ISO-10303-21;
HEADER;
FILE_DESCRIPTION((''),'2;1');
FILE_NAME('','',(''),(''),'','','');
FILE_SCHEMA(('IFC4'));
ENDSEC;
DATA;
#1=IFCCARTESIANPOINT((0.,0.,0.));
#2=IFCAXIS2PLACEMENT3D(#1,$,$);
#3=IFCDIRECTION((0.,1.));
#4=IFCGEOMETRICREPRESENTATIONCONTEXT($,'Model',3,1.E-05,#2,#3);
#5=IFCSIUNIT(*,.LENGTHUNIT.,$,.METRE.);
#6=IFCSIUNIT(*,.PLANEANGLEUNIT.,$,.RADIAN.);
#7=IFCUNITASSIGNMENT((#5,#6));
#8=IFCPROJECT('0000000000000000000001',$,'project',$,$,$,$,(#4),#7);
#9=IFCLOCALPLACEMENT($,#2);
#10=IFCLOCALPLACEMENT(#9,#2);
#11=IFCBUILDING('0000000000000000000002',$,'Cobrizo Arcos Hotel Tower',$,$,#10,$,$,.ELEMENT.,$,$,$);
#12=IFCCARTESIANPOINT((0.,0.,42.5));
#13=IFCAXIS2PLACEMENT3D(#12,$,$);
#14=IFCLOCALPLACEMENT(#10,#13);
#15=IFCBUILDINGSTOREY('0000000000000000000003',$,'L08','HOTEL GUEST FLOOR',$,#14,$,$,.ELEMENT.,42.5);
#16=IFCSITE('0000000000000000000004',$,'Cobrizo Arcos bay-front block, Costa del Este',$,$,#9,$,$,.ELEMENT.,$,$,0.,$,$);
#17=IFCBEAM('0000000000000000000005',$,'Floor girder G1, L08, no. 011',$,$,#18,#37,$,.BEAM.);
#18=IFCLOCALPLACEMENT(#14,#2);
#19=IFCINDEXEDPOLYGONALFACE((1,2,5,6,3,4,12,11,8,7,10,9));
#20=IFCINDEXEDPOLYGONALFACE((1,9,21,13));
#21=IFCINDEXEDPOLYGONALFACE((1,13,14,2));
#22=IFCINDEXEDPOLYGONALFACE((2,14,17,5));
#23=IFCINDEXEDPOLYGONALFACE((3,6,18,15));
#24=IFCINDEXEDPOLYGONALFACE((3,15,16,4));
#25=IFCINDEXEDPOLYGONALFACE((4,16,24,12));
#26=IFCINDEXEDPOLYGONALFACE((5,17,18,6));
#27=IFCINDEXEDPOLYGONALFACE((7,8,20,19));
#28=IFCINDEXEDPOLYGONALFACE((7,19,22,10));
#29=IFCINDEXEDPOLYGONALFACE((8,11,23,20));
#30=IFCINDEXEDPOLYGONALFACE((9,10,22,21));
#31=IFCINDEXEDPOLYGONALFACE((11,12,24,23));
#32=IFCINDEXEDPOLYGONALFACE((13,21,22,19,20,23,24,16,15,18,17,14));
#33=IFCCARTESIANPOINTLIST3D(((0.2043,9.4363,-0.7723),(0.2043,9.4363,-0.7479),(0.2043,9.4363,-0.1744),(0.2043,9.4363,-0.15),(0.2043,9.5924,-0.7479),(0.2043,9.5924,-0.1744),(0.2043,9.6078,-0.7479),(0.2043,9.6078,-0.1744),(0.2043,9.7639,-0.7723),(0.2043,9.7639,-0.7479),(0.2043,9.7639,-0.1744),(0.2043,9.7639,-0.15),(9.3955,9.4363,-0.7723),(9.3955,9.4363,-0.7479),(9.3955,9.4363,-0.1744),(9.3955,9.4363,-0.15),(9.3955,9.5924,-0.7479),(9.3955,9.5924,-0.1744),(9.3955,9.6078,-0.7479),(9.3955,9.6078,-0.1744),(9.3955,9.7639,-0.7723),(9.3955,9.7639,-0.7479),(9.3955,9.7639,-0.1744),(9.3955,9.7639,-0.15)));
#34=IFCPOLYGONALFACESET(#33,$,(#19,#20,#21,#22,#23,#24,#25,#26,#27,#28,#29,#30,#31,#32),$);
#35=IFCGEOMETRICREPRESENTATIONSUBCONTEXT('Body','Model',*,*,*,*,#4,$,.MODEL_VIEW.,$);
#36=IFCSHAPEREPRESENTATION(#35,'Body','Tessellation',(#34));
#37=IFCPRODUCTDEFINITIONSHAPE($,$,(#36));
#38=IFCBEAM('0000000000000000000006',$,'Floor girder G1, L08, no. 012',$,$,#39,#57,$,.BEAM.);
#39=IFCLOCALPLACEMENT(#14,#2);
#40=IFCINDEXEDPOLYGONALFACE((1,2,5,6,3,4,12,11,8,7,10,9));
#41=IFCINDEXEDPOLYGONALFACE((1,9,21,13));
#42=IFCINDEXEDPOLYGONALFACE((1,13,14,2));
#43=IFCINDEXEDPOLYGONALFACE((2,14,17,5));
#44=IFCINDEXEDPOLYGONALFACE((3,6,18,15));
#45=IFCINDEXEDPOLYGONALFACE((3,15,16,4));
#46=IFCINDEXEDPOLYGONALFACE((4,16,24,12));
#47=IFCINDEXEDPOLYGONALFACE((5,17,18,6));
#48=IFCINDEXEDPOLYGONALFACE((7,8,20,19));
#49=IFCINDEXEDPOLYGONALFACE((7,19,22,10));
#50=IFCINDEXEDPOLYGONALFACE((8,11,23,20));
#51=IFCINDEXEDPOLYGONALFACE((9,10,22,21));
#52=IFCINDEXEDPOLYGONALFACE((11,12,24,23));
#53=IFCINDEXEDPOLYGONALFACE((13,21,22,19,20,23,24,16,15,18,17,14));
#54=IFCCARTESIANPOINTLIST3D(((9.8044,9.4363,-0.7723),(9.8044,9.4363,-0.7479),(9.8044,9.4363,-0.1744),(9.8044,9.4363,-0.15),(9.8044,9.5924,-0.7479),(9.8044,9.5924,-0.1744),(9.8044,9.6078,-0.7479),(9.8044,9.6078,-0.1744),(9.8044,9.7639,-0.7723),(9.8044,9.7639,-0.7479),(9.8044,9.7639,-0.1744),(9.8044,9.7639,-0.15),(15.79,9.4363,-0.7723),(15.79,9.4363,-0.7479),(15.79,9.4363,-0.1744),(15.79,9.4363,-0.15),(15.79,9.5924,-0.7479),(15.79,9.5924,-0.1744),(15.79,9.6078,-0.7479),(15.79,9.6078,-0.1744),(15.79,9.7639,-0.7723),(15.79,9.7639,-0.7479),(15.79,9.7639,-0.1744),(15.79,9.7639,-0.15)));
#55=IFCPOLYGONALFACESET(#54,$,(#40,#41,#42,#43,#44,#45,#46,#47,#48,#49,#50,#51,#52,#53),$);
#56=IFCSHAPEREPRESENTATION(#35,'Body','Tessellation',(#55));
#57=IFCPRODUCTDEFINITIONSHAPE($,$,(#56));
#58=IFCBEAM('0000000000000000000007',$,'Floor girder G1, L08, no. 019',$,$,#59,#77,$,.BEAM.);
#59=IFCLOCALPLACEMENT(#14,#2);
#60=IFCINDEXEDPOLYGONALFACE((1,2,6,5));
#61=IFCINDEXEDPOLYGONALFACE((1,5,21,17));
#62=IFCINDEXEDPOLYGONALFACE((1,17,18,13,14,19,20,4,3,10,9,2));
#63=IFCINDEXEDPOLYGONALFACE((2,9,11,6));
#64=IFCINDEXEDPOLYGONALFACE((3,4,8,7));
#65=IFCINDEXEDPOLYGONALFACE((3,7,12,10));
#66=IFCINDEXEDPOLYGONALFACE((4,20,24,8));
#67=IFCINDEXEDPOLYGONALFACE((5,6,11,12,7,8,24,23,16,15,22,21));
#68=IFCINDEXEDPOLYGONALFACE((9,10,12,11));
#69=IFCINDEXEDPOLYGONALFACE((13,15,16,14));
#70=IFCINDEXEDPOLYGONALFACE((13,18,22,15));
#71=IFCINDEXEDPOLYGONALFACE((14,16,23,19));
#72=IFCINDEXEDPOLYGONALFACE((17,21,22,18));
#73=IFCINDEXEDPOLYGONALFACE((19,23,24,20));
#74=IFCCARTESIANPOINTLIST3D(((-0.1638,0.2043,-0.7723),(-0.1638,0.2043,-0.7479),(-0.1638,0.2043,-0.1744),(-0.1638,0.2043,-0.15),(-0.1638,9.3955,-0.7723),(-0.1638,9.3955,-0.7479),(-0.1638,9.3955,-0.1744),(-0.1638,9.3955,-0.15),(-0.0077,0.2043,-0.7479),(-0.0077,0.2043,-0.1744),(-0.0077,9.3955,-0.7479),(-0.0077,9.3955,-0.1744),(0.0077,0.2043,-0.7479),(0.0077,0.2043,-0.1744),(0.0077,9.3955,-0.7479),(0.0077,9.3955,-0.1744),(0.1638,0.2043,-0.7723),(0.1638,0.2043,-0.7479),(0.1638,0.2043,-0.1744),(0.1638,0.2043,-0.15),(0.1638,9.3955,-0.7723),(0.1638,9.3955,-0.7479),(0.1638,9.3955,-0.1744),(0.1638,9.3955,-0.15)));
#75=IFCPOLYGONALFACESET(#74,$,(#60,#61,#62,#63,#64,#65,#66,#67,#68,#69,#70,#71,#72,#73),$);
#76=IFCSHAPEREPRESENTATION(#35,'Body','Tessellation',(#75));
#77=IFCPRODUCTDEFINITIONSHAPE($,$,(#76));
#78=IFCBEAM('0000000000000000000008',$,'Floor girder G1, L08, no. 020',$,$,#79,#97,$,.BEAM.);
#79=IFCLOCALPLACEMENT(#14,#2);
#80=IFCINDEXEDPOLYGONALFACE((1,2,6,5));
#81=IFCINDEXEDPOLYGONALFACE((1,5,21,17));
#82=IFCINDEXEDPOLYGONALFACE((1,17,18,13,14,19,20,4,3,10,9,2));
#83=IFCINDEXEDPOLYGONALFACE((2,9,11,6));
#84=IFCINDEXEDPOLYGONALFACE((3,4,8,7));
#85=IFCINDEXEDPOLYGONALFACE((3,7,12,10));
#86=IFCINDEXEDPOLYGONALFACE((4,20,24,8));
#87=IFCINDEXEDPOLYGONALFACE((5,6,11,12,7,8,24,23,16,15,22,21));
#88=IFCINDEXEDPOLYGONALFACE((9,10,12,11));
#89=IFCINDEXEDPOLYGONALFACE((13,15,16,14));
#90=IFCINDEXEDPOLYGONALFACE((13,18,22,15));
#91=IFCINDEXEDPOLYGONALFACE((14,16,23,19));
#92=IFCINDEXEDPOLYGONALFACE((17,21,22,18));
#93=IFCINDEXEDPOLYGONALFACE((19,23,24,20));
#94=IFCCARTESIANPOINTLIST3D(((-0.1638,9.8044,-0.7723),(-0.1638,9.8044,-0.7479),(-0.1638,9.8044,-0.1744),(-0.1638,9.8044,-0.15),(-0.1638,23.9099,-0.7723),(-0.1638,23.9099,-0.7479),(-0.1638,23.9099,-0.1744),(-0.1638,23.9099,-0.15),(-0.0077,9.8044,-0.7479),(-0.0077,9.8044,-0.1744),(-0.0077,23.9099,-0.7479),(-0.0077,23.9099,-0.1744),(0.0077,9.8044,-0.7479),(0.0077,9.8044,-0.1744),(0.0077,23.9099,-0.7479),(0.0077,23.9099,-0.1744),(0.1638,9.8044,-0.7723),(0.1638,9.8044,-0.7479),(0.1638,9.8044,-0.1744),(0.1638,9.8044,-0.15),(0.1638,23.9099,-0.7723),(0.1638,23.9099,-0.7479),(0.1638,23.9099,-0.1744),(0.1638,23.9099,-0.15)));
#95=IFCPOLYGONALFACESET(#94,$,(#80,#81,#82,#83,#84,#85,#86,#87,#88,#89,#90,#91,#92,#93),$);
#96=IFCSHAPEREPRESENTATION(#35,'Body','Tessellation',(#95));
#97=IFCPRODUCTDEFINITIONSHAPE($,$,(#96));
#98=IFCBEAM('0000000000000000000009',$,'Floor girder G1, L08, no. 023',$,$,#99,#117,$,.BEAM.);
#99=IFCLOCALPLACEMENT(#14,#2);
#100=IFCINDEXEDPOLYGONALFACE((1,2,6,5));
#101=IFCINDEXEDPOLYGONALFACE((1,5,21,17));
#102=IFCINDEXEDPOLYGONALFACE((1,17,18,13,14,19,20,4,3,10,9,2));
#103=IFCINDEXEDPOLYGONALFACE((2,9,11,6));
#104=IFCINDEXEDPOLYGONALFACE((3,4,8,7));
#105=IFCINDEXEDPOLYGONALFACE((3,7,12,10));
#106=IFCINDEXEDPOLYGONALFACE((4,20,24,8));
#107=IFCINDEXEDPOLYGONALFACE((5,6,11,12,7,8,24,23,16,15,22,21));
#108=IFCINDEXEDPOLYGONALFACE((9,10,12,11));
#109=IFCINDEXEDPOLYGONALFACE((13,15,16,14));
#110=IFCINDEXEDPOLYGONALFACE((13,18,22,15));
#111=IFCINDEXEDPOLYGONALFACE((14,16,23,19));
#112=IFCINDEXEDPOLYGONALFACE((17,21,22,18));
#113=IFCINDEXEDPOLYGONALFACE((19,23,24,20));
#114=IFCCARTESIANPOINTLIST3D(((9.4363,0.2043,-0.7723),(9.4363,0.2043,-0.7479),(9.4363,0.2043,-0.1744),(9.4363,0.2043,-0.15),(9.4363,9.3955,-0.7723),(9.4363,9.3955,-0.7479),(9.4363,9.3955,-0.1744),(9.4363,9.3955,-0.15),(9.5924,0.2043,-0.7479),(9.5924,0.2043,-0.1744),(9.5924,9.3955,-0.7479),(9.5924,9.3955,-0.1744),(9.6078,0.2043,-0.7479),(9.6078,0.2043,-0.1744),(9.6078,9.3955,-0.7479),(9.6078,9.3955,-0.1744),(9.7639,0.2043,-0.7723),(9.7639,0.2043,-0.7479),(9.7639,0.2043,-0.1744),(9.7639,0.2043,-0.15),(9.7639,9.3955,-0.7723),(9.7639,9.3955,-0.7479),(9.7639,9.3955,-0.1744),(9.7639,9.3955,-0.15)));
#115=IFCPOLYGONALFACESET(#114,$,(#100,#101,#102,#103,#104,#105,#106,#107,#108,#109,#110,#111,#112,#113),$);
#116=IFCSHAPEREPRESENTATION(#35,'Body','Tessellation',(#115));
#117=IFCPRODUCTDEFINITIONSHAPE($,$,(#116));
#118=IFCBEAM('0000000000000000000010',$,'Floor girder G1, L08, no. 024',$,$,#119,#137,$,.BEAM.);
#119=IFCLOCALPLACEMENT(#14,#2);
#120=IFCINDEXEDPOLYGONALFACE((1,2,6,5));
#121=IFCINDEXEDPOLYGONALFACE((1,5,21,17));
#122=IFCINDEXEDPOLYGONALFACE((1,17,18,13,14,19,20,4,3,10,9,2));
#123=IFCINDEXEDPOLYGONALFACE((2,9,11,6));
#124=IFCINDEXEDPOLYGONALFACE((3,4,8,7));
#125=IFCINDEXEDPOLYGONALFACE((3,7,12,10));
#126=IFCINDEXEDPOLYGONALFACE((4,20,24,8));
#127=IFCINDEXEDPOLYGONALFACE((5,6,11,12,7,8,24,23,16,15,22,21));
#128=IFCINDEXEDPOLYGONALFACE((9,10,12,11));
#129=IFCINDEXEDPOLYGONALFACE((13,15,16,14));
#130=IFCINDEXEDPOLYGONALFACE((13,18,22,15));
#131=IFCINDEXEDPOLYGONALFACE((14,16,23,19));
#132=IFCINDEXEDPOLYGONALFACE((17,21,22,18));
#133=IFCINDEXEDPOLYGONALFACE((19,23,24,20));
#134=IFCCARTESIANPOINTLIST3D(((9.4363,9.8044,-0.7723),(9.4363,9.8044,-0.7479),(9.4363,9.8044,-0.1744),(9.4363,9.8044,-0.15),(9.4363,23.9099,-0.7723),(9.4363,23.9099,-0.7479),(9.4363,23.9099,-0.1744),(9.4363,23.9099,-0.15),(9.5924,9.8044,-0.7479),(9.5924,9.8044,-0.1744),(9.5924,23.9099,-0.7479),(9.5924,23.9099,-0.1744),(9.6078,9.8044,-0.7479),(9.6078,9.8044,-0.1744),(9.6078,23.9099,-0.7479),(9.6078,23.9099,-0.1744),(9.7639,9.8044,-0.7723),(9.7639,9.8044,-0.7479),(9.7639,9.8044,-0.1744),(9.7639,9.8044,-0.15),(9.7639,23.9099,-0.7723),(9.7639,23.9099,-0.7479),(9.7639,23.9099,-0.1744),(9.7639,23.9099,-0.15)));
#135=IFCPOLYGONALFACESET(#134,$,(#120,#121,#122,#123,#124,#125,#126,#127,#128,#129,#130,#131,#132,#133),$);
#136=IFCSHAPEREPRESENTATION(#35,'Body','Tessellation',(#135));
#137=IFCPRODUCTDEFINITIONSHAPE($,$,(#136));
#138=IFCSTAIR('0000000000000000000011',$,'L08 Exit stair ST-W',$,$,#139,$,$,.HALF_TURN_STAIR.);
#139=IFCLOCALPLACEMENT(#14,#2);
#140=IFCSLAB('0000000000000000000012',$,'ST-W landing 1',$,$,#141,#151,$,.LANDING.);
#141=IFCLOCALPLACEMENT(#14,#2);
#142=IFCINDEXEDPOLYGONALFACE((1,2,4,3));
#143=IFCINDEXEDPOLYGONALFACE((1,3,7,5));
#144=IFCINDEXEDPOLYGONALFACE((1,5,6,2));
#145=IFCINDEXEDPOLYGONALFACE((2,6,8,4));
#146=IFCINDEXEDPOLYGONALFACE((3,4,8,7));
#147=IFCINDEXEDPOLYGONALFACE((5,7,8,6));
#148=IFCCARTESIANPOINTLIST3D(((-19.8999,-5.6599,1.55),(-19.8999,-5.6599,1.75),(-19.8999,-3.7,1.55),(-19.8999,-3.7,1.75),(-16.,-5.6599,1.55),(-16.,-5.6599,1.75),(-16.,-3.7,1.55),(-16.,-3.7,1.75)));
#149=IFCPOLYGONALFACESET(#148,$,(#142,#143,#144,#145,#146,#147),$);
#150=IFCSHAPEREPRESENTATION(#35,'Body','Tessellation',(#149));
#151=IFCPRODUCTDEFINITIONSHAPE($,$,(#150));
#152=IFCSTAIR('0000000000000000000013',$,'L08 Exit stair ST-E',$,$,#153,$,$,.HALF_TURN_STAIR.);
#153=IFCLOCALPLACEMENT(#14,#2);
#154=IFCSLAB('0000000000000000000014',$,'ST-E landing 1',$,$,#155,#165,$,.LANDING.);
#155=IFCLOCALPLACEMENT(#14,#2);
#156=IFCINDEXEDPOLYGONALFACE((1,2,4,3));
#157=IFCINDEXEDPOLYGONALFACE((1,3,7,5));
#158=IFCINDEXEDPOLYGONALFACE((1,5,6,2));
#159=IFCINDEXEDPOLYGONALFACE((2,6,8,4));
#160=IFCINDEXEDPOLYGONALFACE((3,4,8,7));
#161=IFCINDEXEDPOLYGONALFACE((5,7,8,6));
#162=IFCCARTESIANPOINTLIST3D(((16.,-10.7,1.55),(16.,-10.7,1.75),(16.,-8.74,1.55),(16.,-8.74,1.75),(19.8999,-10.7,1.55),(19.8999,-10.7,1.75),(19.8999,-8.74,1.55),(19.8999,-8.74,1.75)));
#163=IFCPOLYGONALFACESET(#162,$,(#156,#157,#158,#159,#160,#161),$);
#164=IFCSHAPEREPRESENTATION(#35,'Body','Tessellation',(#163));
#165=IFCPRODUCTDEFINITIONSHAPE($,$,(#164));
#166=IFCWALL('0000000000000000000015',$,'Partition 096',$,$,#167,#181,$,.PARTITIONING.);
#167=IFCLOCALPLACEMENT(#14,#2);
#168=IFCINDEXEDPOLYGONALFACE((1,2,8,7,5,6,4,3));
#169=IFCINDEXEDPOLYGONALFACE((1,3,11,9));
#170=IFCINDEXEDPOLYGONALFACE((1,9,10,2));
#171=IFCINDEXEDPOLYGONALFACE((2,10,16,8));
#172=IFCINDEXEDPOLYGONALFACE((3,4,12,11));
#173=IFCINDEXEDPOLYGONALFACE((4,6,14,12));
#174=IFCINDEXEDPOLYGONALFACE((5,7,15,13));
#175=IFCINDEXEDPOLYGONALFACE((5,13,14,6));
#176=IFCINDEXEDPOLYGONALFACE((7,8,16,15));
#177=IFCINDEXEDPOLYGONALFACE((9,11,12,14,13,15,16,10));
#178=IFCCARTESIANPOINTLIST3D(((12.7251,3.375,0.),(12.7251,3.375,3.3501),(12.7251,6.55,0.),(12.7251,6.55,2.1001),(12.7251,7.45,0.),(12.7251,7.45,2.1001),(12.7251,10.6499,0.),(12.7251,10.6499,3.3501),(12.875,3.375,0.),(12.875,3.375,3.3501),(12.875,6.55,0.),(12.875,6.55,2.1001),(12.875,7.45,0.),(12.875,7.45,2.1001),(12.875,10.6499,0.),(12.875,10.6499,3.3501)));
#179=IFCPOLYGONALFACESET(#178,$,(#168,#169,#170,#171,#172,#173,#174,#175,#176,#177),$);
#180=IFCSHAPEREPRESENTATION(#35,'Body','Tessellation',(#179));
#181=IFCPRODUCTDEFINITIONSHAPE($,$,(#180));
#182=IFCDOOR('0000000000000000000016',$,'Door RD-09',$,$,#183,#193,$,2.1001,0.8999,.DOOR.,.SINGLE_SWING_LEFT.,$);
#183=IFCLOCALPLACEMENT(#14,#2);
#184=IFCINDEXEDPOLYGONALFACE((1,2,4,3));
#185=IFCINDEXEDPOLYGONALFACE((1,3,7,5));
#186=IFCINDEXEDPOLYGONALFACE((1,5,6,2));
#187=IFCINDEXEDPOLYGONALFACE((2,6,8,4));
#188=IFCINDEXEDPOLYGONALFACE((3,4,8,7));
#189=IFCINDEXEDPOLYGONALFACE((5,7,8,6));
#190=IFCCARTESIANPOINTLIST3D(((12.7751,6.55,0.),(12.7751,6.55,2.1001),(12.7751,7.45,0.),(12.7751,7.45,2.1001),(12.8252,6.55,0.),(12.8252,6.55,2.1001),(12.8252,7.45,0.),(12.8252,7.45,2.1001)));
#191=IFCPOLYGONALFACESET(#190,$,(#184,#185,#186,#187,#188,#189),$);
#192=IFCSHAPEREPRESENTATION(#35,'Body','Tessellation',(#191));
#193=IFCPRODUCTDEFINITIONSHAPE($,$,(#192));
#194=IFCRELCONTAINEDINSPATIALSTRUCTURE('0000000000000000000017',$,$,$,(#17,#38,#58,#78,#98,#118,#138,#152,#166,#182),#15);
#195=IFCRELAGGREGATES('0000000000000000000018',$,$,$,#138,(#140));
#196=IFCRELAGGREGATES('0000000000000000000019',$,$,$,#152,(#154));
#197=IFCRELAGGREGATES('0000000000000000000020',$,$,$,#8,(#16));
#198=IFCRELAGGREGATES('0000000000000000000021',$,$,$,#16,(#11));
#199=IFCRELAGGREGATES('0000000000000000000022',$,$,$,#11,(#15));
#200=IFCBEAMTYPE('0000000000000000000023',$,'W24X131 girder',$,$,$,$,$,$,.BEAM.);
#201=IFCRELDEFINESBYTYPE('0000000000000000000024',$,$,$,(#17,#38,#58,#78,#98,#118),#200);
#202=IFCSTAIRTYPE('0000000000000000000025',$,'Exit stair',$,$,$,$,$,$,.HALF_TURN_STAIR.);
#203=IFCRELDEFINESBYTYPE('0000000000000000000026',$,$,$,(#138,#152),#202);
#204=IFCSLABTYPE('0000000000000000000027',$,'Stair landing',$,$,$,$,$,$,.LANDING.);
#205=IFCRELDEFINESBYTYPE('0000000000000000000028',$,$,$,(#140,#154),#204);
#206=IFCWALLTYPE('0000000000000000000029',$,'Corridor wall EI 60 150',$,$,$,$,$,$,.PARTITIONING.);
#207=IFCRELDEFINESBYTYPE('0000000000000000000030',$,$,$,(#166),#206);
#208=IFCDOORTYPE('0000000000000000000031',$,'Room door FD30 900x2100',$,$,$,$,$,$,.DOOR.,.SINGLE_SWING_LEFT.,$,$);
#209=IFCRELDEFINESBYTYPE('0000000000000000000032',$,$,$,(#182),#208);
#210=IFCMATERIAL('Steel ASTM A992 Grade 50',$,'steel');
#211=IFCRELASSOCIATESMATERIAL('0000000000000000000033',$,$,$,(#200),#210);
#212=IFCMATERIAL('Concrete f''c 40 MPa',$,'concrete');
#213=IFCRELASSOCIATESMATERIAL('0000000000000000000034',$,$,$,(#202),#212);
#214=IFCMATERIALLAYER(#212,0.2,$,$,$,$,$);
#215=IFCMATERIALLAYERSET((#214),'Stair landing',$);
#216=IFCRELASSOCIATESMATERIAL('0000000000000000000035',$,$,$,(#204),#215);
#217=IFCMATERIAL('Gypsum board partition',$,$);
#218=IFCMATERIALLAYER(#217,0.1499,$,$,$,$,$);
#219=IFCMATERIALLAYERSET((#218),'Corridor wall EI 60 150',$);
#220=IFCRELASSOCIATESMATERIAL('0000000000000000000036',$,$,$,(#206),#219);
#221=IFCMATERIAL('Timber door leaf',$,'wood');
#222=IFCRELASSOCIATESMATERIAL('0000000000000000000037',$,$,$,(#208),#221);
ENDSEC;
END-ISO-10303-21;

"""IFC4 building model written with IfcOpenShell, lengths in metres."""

from ifc_helpers import new_model, si_unit, direction, frame, frame_2d, origin, origin_2d, place, context, subcontext, project, spatial, polyline, rectangle, i_section, outline, extrude, material, layer, layer_set, material_profile, profile_set, type_object, element, fill, aggregate, save


model = new_model("IFC4")

# Units and contexts
model_context = context("Model", 3, precision=1e-05, world=origin(), true_north=direction((0.0, 1.0)))
body_context = subcontext(model_context, "Body", "Model", "MODEL_VIEW")
ifc_project = project(units=[si_unit("LENGTHUNIT", "METRE"), si_unit("PLANEANGLEUNIT", "RADIAN")], contexts=[model_context])

# Site, building, storey
site_placement = place(None, origin())
site = spatial("IfcSite", under=ifc_project, at=site_placement, Name="Cobrizo Arcos bay-front block, Costa del Este", CompositionType="ELEMENT", RefElevation=0.0)
building_placement = place(site_placement, origin())
building = spatial("IfcBuilding", under=site, at=building_placement, Name="Cobrizo Arcos Hotel Tower", CompositionType="ELEMENT")
storey_placement = place(building_placement, frame((0.0, 0.0, 42.5)))
storey = spatial("IfcBuildingStorey", under=building, at=storey_placement, Name="L08", Description="HOTEL GUEST FLOOR", CompositionType="ELEMENT", Elevation=42.5)

# Shared definitions
ifc_material_1 = material(Name="Steel ASTM A992 Grade 50", Category="steel")

# Beams
ifc_material_profile_1 = material_profile(ifc_material_1, i_section(OverallWidth=0.3276, OverallDepth=0.6223, WebThickness=0.0154, FlangeThickness=0.0244, at=origin_2d()), Name="W24X131")
ifc_profile_set_1 = profile_set([ifc_material_profile_1], Name="Steel ASTM A992 Grade 50")
beam_type_1 = type_object("IfcBeamType", Name="W24X131 girder", PredefinedType="BEAM", material=ifc_profile_set_1)
beam_1_placement = place(storey_placement, frame((0.2043, 9.6001, -0.4612), z_axis=(1.0, 0.0, 0.0), x_axis=(0.0, 1.0, 0.0)))
element("IfcBeam", 1, at=beam_1_placement, inside=storey, type_object=beam_type_1, Name="Floor girder G1, L08, no. 011", PredefinedType="BEAM", context=body_context, shape_type="SweptSolid", body=[
    extrude(i_section(OverallWidth=0.3276, OverallDepth=0.6223, WebThickness=0.0154, FlangeThickness=0.0244, at=origin_2d()), origin(), (0.0, 0.0, 1.0), 9.1912),
])
beam_2_placement = place(storey_placement, frame((9.8044, 9.6001, -0.4612), z_axis=(1.0, 0.0, 0.0), x_axis=(0.0, 1.0, 0.0)))
element("IfcBeam", 2, at=beam_2_placement, inside=storey, type_object=beam_type_1, Name="Floor girder G1, L08, no. 012", PredefinedType="BEAM", context=body_context, shape_type="SweptSolid", body=[
    extrude(i_section(OverallWidth=0.3276, OverallDepth=0.6223, WebThickness=0.0154, FlangeThickness=0.0244, at=origin_2d()), origin(), (0.0, 0.0, 1.0), 5.9856),
])
beam_3_placement = place(storey_placement, frame((0.0, 0.2043, -0.4612), z_axis=(0.0, 1.0, 0.0), x_axis=(-1.0, 0.0, 0.0)))
element("IfcBeam", 3, at=beam_3_placement, inside=storey, type_object=beam_type_1, Name="Floor girder G1, L08, no. 019", PredefinedType="BEAM", context=body_context, shape_type="SweptSolid", body=[
    extrude(i_section(OverallWidth=0.3276, OverallDepth=0.6223, WebThickness=0.0154, FlangeThickness=0.0244, at=origin_2d()), origin(), (0.0, 0.0, 1.0), 9.1912),
])
beam_4_placement = place(storey_placement, frame((0.0, 9.8044, -0.4612), z_axis=(0.0, 1.0, 0.0), x_axis=(-1.0, 0.0, 0.0)))
element("IfcBeam", 4, at=beam_4_placement, inside=storey, type_object=beam_type_1, Name="Floor girder G1, L08, no. 020", PredefinedType="BEAM", context=body_context, shape_type="SweptSolid", body=[
    extrude(i_section(OverallWidth=0.3276, OverallDepth=0.6223, WebThickness=0.0154, FlangeThickness=0.0244, at=origin_2d()), origin(), (0.0, 0.0, 1.0), 14.1055),
])
beam_5_placement = place(storey_placement, frame((9.6001, 0.2043, -0.4612), z_axis=(0.0, 1.0, 0.0), x_axis=(-1.0, 0.0, 0.0)))
element("IfcBeam", 5, at=beam_5_placement, inside=storey, type_object=beam_type_1, Name="Floor girder G1, L08, no. 023", PredefinedType="BEAM", context=body_context, shape_type="SweptSolid", body=[
    extrude(i_section(OverallWidth=0.3276, OverallDepth=0.6223, WebThickness=0.0154, FlangeThickness=0.0244, at=origin_2d()), origin(), (0.0, 0.0, 1.0), 9.1912),
])
beam_6_placement = place(storey_placement, frame((9.6001, 9.8044, -0.4612), z_axis=(0.0, 1.0, 0.0), x_axis=(-1.0, 0.0, 0.0)))
element("IfcBeam", 6, at=beam_6_placement, inside=storey, type_object=beam_type_1, Name="Floor girder G1, L08, no. 024", PredefinedType="BEAM", context=body_context, shape_type="SweptSolid", body=[
    extrude(i_section(OverallWidth=0.3276, OverallDepth=0.6223, WebThickness=0.0154, FlangeThickness=0.0244, at=origin_2d()), origin(), (0.0, 0.0, 1.0), 14.1055),
])

# Stairs, slabs
ifc_material_2 = material(Name="Concrete f'c 40 MPa", Category="concrete")
stair_type = type_object("IfcStairType", Name="Exit stair", PredefinedType="HALF_TURN_STAIR", material=ifc_material_2)
stair_1_placement = place(storey_placement, origin())
stair_1 = element("IfcStair", 7, at=stair_1_placement, inside=storey, type_object=stair_type, Name="L08 Exit stair ST-W", PredefinedType="HALF_TURN_STAIR")
ifc_layer_1 = layer(ifc_material_2, 0.2)
ifc_layer_set_1 = layer_set([ifc_layer_1], Name="Stair landing")
slab_type_1 = type_object("IfcSlabType", Name="Stair landing", PredefinedType="LANDING", material=ifc_layer_set_1)
slab_1_placement = place(storey_placement, frame((0.0, 0.0, 1.55)))
slab_1 = element("IfcSlab", 8, at=slab_1_placement, type_object=slab_type_1, Name="ST-W landing 1", PredefinedType="LANDING", context=body_context, shape_type="SweptSolid", body=[
    extrude(outline(polyline([(-16.0, -5.6599), (-16.0, -3.7), (-19.8999, -3.7), (-19.8999, -5.6599), (-16.0, -5.6599)])), origin(), (0.0, 0.0, 1.0), 0.2),
])
aggregate(stair_1, [slab_1])
stair_2_placement = place(storey_placement, origin())
stair_2 = element("IfcStair", 9, at=stair_2_placement, inside=storey, type_object=stair_type, Name="L08 Exit stair ST-E", PredefinedType="HALF_TURN_STAIR")
slab_2_placement = place(storey_placement, frame((0.0, 0.0, 1.55)))
slab_2 = element("IfcSlab", 10, at=slab_2_placement, type_object=slab_type_1, Name="ST-E landing 1", PredefinedType="LANDING", context=body_context, shape_type="SweptSolid", body=[
    extrude(outline(polyline([(16.0, -8.74), (16.0, -10.7), (19.8999, -10.7), (19.8999, -8.74), (16.0, -8.74)])), origin(), (0.0, 0.0, 1.0), 0.2),
])
aggregate(stair_2, [slab_2])

# Wall, opening, door
ifc_material_3 = material(Name="Gypsum board partition")
ifc_layer_2 = layer(ifc_material_3, 0.1499)
ifc_layer_set_2 = layer_set([ifc_layer_2], Name="Corridor wall EI 60 150")
wall_type_1 = type_object("IfcWallType", Name="Corridor wall EI 60 150", PredefinedType="PARTITIONING", material=ifc_layer_set_2)
wall_1_placement = place(storey_placement, frame((12.8, 3.375, 0.0), z_axis=(0.0, 0.0, 1.0), x_axis=(0.0, 1.0, 0.0)))
wall_1 = element("IfcWall", 11, at=wall_1_placement, inside=storey, type_object=wall_type_1, Name="Partition 096", PredefinedType="PARTITIONING", context=body_context, shape_type="SweptSolid", body=[
    extrude(rectangle(XDim=7.2749, YDim=0.1499, at=frame_2d((3.6375, 0.0))), origin(), (0.0, 0.0, 1.0), 3.3501),
])
opening_1_placement = place(wall_1_placement, frame((3.175, 0.0, 0.0)))
opening_1 = element("IfcOpeningElement", 12, at=opening_1_placement, cuts=wall_1, PredefinedType="OPENING", context=body_context, shape_type="SweptSolid", body=[
    extrude(rectangle(XDim=0.8999, YDim=2.1001, at=frame_2d((0.45, 1.05))), frame((0.0, 0.0869, 0.0), z_axis=(0.0, -1.0, 0.0), x_axis=(1.0, 0.0, 0.0)), (0.0, 0.0, 1.0), 0.1738),
])
ifc_material_4 = material(Name="Timber door leaf", Category="wood")
door_type_1 = type_object("IfcDoorType", Name="Room door FD30 900x2100", OperationType="SINGLE_SWING_LEFT", PredefinedType="DOOR", material=ifc_material_4)
door_1_placement = place(opening_1_placement, origin())
door_1 = element("IfcDoor", 13, at=door_1_placement, inside=storey, type_object=door_type_1, Name="Door RD-09", OperationType="SINGLE_SWING_LEFT", OverallHeight=2.1001, OverallWidth=0.8999, PredefinedType="DOOR", context=body_context, shape_type="SweptSolid", body=[
    extrude(rectangle(XDim=0.8999, YDim=2.1001, at=frame_2d((0.45, 1.05))), frame((0.0, 0.0249, 0.0), z_axis=(0.0, -1.0, 0.0), x_axis=(1.0, 0.0, 0.0)), (0.0, 0.0, 1.0), 0.05),
])
fill(opening_1, door_1)

save(model, "model.ifc")
